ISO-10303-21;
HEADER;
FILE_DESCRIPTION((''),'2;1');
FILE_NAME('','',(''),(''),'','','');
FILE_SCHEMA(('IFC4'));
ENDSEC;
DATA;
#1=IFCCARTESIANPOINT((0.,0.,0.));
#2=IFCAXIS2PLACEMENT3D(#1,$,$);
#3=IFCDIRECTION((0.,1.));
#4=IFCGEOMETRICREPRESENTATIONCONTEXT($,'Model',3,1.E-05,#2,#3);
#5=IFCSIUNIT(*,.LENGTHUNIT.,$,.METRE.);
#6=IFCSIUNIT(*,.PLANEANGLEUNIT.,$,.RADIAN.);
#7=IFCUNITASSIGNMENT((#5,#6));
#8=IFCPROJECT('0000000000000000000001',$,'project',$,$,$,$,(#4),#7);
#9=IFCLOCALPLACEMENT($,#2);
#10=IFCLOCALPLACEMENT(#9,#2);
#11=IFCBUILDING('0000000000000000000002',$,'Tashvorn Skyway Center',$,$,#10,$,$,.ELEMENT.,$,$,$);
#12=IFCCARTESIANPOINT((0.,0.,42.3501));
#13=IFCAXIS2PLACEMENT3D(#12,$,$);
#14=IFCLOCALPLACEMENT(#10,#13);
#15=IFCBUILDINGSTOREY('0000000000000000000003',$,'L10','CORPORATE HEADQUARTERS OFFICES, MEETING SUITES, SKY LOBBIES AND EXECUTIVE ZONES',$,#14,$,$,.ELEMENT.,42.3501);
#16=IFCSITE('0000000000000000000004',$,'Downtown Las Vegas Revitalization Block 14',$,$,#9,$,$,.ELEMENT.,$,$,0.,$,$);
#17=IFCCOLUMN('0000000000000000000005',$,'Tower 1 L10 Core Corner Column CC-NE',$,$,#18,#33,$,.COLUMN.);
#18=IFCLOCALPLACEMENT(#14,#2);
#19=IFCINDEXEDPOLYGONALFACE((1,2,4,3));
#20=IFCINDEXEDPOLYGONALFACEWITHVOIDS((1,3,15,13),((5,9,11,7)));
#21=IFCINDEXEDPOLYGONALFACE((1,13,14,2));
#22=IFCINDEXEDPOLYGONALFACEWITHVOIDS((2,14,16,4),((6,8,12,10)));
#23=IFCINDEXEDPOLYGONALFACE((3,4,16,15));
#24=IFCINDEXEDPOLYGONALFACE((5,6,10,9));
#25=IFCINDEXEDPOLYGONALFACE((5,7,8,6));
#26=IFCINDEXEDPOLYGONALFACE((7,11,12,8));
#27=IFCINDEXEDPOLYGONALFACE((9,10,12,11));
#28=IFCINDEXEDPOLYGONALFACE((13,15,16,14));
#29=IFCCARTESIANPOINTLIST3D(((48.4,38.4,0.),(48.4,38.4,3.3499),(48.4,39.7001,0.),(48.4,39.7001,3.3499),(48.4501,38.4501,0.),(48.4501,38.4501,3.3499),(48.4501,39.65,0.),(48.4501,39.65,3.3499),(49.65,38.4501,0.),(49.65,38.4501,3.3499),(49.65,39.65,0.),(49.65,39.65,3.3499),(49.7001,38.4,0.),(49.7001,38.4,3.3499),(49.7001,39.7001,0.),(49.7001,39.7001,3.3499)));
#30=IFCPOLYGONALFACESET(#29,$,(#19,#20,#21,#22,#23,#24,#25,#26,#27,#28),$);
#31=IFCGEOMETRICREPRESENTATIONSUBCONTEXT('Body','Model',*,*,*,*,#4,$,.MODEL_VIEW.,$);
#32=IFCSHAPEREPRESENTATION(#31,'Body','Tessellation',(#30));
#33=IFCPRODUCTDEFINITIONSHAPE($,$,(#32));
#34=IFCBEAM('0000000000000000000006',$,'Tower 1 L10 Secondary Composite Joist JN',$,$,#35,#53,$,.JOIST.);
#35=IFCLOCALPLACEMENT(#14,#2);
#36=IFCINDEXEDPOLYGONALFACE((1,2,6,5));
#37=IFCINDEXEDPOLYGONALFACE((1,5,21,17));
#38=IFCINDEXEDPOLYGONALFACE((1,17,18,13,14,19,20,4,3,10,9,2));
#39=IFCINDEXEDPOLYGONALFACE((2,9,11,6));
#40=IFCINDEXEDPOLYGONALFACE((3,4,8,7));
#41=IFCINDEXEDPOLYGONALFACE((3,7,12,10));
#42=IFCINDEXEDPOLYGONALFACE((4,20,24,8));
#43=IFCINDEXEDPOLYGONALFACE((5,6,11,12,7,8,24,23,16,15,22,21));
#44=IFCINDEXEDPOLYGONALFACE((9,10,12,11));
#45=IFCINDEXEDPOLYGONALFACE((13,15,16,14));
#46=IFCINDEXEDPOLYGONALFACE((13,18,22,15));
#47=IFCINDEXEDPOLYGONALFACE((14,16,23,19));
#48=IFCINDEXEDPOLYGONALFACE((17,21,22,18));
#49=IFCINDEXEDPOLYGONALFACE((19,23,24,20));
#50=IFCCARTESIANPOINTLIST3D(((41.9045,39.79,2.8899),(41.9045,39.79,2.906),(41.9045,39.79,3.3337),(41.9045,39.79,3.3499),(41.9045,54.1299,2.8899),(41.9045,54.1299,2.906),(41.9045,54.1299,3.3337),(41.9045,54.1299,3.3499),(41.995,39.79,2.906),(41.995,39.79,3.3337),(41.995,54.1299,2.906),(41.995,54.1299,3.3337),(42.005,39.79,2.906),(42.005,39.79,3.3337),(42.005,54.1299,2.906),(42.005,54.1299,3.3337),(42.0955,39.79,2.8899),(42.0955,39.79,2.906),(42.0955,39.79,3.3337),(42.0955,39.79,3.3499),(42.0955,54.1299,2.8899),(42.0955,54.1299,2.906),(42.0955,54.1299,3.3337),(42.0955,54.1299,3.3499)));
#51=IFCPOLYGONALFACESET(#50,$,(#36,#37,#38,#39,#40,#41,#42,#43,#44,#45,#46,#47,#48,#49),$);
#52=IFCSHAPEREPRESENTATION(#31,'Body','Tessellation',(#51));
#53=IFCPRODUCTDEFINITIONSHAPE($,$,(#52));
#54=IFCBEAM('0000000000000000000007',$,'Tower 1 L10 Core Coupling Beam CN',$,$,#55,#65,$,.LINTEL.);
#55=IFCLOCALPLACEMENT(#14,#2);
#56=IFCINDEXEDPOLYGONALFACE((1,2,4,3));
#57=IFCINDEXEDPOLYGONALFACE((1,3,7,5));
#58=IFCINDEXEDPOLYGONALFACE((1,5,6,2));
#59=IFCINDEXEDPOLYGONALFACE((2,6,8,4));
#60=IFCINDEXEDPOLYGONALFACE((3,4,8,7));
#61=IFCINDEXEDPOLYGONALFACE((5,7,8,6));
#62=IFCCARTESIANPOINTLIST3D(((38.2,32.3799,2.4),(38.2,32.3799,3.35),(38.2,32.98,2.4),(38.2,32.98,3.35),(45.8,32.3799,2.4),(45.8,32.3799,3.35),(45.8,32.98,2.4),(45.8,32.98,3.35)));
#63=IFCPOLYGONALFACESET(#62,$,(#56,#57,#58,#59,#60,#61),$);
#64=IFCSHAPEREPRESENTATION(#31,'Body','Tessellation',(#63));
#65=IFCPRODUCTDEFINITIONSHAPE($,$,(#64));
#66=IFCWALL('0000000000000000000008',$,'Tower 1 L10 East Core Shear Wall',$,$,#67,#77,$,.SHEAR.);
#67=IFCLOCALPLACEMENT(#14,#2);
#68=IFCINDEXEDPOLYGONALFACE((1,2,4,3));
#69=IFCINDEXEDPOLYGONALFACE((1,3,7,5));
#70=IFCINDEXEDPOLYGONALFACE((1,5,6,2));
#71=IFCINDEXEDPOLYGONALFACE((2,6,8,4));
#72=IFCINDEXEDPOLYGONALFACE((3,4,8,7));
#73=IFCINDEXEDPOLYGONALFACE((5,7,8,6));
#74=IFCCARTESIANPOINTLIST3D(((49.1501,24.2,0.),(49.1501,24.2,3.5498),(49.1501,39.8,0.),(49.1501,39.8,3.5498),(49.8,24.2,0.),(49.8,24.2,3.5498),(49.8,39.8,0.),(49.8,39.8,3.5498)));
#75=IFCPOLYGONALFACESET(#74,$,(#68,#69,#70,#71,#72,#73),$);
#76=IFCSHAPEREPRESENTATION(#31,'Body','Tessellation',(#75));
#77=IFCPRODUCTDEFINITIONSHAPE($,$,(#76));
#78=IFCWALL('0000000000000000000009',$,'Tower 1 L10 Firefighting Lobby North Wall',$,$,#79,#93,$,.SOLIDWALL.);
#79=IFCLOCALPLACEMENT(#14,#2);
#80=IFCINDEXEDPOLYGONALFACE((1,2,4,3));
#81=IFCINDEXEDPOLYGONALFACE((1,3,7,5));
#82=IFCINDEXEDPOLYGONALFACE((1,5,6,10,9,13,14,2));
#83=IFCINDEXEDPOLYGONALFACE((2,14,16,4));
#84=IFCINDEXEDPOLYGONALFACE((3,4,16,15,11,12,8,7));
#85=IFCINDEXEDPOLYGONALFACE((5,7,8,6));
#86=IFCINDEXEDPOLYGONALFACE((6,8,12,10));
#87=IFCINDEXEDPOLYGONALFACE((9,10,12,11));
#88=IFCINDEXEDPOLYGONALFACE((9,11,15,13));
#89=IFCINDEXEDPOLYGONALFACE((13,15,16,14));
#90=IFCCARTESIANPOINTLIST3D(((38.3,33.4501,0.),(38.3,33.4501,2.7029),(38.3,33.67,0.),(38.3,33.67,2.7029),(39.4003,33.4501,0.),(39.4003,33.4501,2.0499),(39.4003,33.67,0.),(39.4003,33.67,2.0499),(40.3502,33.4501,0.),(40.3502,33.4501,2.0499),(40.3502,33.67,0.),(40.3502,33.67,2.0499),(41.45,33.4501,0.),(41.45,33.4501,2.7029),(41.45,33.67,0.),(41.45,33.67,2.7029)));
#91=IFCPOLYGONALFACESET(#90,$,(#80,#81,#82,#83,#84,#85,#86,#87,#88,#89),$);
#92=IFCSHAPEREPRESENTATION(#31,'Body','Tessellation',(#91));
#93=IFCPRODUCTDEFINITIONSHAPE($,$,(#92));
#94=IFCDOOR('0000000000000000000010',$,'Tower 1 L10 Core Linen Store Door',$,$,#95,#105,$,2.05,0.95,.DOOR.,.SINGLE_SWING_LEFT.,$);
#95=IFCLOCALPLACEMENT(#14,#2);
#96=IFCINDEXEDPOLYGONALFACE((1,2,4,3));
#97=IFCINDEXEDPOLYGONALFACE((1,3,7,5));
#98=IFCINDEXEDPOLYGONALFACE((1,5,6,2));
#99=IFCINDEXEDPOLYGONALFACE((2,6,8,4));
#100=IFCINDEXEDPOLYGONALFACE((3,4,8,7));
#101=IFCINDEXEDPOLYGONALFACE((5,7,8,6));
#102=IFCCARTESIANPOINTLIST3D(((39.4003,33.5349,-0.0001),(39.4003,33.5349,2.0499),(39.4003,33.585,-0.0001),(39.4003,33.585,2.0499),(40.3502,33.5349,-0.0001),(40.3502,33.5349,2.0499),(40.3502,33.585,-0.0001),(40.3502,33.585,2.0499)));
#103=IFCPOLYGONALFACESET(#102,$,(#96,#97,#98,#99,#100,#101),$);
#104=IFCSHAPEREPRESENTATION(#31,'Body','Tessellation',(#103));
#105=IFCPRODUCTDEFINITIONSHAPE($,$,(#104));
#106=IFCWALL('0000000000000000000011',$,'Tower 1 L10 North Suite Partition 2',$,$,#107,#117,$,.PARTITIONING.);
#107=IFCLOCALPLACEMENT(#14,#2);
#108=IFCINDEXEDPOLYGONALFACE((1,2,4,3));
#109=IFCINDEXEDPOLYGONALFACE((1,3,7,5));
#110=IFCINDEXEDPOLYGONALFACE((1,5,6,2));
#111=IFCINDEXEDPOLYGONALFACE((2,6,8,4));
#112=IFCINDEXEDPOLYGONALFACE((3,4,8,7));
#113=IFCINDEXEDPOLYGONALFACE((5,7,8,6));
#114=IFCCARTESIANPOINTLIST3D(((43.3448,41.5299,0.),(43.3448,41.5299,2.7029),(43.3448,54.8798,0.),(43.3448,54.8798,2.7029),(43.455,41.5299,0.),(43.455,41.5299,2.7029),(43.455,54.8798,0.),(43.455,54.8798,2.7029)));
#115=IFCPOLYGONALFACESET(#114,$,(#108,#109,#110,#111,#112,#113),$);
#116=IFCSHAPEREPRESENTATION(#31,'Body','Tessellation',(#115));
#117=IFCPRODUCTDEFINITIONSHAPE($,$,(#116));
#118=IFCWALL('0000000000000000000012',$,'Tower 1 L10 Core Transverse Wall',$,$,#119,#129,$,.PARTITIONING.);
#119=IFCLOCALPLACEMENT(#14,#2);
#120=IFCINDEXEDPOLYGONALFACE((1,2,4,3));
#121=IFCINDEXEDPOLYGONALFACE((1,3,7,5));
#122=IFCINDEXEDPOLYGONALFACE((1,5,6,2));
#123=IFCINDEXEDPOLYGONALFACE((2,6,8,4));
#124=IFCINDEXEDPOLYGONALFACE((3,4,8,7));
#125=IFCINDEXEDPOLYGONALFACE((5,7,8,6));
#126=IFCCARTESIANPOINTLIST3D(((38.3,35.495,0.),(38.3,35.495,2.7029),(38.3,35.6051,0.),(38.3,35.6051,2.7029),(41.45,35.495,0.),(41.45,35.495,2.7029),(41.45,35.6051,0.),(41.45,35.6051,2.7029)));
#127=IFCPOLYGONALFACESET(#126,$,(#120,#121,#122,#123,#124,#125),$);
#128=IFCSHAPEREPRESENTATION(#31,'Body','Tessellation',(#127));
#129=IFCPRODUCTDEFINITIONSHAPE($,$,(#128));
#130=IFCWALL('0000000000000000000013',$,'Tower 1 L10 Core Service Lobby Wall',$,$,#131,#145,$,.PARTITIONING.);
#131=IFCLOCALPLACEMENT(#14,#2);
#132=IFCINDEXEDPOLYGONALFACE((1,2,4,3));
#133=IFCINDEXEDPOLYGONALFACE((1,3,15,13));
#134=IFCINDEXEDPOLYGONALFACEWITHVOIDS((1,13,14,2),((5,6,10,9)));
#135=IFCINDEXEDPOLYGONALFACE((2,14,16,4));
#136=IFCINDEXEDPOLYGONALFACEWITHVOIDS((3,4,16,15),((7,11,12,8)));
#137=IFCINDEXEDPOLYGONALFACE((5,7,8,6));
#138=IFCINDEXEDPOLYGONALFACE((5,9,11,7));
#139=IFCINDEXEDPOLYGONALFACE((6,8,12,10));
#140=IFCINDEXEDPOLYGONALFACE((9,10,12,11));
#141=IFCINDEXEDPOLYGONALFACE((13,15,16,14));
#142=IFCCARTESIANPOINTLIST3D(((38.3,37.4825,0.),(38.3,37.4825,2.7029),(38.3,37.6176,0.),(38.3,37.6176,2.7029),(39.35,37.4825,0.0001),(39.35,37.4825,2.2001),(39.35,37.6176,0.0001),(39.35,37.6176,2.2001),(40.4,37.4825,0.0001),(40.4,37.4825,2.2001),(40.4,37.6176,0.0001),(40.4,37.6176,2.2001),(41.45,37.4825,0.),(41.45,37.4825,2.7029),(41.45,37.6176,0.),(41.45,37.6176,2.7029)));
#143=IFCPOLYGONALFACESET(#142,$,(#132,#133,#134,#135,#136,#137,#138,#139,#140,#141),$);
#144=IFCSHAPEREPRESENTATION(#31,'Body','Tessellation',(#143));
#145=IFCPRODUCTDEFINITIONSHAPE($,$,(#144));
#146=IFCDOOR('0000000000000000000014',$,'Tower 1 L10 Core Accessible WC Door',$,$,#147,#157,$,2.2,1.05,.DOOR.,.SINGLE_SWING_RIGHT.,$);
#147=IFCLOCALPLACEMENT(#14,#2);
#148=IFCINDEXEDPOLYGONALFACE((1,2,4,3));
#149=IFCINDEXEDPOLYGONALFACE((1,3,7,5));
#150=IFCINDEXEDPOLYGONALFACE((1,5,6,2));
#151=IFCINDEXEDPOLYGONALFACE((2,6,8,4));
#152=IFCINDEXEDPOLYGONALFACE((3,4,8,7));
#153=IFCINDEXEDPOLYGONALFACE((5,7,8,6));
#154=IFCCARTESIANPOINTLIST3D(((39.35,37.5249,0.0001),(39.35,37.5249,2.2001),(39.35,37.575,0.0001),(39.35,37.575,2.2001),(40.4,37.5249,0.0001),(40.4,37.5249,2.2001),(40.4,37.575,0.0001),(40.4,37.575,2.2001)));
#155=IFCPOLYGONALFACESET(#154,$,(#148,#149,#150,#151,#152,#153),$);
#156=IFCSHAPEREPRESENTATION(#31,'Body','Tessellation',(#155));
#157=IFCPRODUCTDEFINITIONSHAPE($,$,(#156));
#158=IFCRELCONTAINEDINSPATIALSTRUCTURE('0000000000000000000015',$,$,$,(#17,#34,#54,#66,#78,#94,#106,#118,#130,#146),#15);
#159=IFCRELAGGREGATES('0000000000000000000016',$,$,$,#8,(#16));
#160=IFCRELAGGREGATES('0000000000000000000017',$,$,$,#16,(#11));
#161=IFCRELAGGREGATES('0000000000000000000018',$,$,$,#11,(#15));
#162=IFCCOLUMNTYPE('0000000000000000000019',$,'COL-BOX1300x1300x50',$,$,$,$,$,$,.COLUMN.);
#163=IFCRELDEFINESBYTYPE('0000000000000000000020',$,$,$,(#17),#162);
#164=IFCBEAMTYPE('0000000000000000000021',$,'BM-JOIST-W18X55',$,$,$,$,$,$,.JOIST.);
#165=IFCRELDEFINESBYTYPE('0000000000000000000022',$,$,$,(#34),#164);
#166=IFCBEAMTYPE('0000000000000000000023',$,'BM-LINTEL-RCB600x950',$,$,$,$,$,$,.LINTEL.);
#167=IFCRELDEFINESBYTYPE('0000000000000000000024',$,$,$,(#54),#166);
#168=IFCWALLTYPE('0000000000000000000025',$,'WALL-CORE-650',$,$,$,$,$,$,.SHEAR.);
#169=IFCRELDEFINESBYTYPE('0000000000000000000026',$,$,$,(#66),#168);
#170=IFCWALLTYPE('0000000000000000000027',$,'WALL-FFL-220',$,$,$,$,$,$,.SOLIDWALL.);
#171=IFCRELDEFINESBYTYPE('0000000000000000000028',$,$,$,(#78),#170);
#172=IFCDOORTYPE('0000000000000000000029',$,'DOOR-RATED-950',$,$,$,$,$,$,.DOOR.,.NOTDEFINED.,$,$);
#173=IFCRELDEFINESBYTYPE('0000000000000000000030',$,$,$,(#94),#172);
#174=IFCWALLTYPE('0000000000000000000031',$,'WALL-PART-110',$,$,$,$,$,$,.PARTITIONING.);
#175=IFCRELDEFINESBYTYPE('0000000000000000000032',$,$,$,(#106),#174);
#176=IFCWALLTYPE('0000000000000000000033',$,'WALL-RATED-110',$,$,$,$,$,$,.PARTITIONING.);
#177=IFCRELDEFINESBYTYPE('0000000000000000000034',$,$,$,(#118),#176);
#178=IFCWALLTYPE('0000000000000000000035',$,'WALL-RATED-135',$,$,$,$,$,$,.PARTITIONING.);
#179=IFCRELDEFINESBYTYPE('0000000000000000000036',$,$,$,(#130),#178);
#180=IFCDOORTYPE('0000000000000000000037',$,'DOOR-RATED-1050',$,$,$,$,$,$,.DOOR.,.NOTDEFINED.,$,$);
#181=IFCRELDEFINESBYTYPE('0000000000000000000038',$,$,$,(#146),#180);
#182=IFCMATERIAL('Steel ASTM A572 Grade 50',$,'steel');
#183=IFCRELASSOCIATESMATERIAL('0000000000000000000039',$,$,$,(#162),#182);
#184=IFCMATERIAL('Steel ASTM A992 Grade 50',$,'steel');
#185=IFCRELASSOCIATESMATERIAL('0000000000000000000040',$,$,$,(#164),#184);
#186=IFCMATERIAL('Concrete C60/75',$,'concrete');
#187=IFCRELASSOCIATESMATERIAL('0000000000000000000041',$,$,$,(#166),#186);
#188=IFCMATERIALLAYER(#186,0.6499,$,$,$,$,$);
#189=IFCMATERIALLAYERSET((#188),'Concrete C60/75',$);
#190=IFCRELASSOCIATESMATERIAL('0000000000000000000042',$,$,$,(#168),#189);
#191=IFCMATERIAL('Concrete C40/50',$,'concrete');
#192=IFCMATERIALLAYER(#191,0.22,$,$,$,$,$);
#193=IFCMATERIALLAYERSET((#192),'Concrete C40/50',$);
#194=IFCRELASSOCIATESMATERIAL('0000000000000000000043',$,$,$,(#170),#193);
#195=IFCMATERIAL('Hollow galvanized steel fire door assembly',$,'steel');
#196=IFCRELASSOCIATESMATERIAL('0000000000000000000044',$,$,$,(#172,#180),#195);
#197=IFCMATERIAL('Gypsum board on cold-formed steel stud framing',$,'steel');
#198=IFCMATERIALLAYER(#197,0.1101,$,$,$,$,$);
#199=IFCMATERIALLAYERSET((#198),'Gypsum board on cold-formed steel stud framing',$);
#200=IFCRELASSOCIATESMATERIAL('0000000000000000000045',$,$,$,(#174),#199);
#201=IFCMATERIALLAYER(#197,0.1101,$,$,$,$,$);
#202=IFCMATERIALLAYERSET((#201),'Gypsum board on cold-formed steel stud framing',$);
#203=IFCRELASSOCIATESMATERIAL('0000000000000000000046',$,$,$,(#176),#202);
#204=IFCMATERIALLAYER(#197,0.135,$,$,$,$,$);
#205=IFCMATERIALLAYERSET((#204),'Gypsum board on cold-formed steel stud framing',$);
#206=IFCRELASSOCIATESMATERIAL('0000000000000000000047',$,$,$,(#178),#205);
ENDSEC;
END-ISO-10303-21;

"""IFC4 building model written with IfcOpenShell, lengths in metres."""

from ifc_helpers import new_model, si_unit, direction, frame, frame_2d, origin, origin_2d, place, context, subcontext, project, spatial, rectangle, hollow_rectangle, i_section, extrude, material, layer, layer_set, material_profile, profile_set, type_object, element, fill, save


model = new_model("IFC4")

# Units and contexts
model_context = context("Model", 3, precision=1e-05, world=origin(), true_north=direction((0.0, 1.0)))
body_context = subcontext(model_context, "Body", "Model", "MODEL_VIEW")
ifc_project = project(units=[si_unit("LENGTHUNIT", "METRE"), si_unit("PLANEANGLEUNIT", "RADIAN")], contexts=[model_context])

# Site, building, storey
site_placement = place(None, origin())
site = spatial("IfcSite", under=ifc_project, at=site_placement, Name="Downtown Las Vegas Revitalization Block 14", CompositionType="ELEMENT", RefElevation=0.0)
building_placement = place(site_placement, origin())
building = spatial("IfcBuilding", under=site, at=building_placement, Name="Tashvorn Skyway Center", CompositionType="ELEMENT")
storey_placement = place(building_placement, frame((0.0, 0.0, 42.3501)))
storey = spatial("IfcBuildingStorey", under=building, at=storey_placement, Name="L10", Description="CORPORATE HEADQUARTERS OFFICES, MEETING SUITES, SKY LOBBIES AND EXECUTIVE ZONES", CompositionType="ELEMENT", Elevation=42.3501)

# Column
ifc_material_1 = material(Name="Steel ASTM A572 Grade 50", Category="steel")
ifc_material_profile_1 = material_profile(ifc_material_1, hollow_rectangle(XDim=1.3, YDim=1.3, WallThickness=0.05, at=origin_2d()), Name="BOX1300x1300x50")
ifc_profile_set_1 = profile_set([ifc_material_profile_1], Name="Steel ASTM A572 Grade 50")
column_type = type_object("IfcColumnType", Name="COL-BOX1300x1300x50", PredefinedType="COLUMN", material=ifc_profile_set_1)
column_placement = place(storey_placement, frame((49.05, 39.05, 0.0), z_axis=(0.0, 0.0, 1.0), x_axis=(1.0, 0.0, 0.0)))
element("IfcColumn", 1, at=column_placement, inside=storey, type_object=column_type, Name="Tower 1 L10 Core Corner Column CC-NE", PredefinedType="COLUMN", context=body_context, shape_type="SweptSolid", body=[
    extrude(hollow_rectangle(XDim=1.3, YDim=1.3, WallThickness=0.05, at=origin_2d()), origin(), (0.0, 0.0, 1.0), 3.3499),
])

# Beams
ifc_material_2 = material(Name="Steel ASTM A992 Grade 50", Category="steel")
ifc_material_profile_2 = material_profile(ifc_material_2, i_section(OverallWidth=0.1909, OverallDepth=0.46, WebThickness=0.01, FlangeThickness=0.0161, at=origin_2d()), Name="W18X55")
ifc_profile_set_2 = profile_set([ifc_material_profile_2], Name="Steel ASTM A992 Grade 50")
beam_type_1 = type_object("IfcBeamType", Name="BM-JOIST-W18X55", PredefinedType="JOIST", material=ifc_profile_set_2)
beam_1_placement = place(storey_placement, frame((42.0, 39.79, 3.1199), z_axis=(0.0, 1.0, 0.0), x_axis=(-1.0, 0.0, 0.0)))
element("IfcBeam", 2, at=beam_1_placement, inside=storey, type_object=beam_type_1, Name="Tower 1 L10 Secondary Composite Joist JN", PredefinedType="JOIST", context=body_context, shape_type="SweptSolid", body=[
    extrude(i_section(OverallWidth=0.1909, OverallDepth=0.46, WebThickness=0.01, FlangeThickness=0.0161, at=origin_2d()), origin(), (0.0, 0.0, 1.0), 14.3398),
])
ifc_material_3 = material(Name="Concrete C60/75", Category="concrete")
ifc_material_profile_3 = material_profile(ifc_material_3, rectangle(XDim=0.6001, YDim=0.95, at=origin_2d()), Name="RCB600x950")
ifc_profile_set_3 = profile_set([ifc_material_profile_3], Name="Concrete C60/75")
beam_type_2 = type_object("IfcBeamType", Name="BM-LINTEL-RCB600x950", PredefinedType="LINTEL", material=ifc_profile_set_3)
beam_2_placement = place(storey_placement, frame((38.2, 32.6799, 2.875), z_axis=(1.0, 0.0, 0.0), x_axis=(0.0, 1.0, 0.0)))
element("IfcBeam", 3, at=beam_2_placement, inside=storey, type_object=beam_type_2, Name="Tower 1 L10 Core Coupling Beam CN", PredefinedType="LINTEL", context=body_context, shape_type="SweptSolid", body=[
    extrude(rectangle(XDim=0.6001, YDim=0.95, at=origin_2d()), origin(), (0.0, 0.0, 1.0), 7.6001),
])

# Wall
ifc_layer_1 = layer(ifc_material_3, 0.6499)
ifc_layer_set_1 = layer_set([ifc_layer_1], Name="Concrete C60/75")
wall_type_1 = type_object("IfcWallType", Name="WALL-CORE-650", PredefinedType="SHEAR", material=ifc_layer_set_1)
wall_1_placement = place(storey_placement, frame((49.4751, 39.8, 0.0), z_axis=(0.0, 0.0, 1.0), x_axis=(0.0, -1.0, 0.0)))
element("IfcWall", 4, at=wall_1_placement, inside=storey, type_object=wall_type_1, Name="Tower 1 L10 East Core Shear Wall", PredefinedType="SHEAR", context=body_context, shape_type="SweptSolid", body=[
    extrude(rectangle(XDim=15.6001, YDim=0.6499, at=frame_2d((7.8, 0.0))), origin(), (0.0, 0.0, 1.0), 3.5498),
])

# Wall, opening, door
ifc_material_4 = material(Name="Concrete C40/50", Category="concrete")
ifc_layer_2 = layer(ifc_material_4, 0.22)
ifc_layer_set_2 = layer_set([ifc_layer_2], Name="Concrete C40/50")
wall_type_2 = type_object("IfcWallType", Name="WALL-FFL-220", PredefinedType="SOLIDWALL", material=ifc_layer_set_2)
wall_2_placement = place(storey_placement, frame((38.3, 33.5601, 0.0), z_axis=(0.0, 0.0, 1.0), x_axis=(1.0, 0.0, 0.0)))
wall_2 = element("IfcWall", 5, at=wall_2_placement, inside=storey, type_object=wall_type_2, Name="Tower 1 L10 Firefighting Lobby North Wall", PredefinedType="SOLIDWALL", context=body_context, shape_type="SweptSolid", body=[
    extrude(rectangle(XDim=3.1499, YDim=0.22, at=frame_2d((1.575, 0.0))), origin(), (0.0, 0.0, 1.0), 2.7029),
])
opening_1_placement = place(wall_2_placement, frame((1.1001, 0.0, 0.0)))
opening_1 = element("IfcOpeningElement", 6, at=opening_1_placement, cuts=wall_2, PredefinedType="OPENING", context=body_context, shape_type="SweptSolid", body=[
    extrude(rectangle(XDim=0.95, YDim=2.05, at=frame_2d((0.4751, 1.0249))), frame((0.0, 0.1199, 0.0), z_axis=(0.0, -1.0, 0.0), x_axis=(1.0, 0.0, 0.0)), (0.0, 0.0, 1.0), 0.24),
])
ifc_material_5 = material(Name="Hollow galvanized steel fire door assembly", Category="steel")
door_type_1 = type_object("IfcDoorType", Name="DOOR-RATED-950", OperationType="NOTDEFINED", PredefinedType="DOOR", material=ifc_material_5)
door_1_placement = place(opening_1_placement, origin())
door_1 = element("IfcDoor", 7, at=door_1_placement, inside=storey, type_object=door_type_1, Name="Tower 1 L10 Core Linen Store Door", OperationType="SINGLE_SWING_LEFT", OverallHeight=2.05, OverallWidth=0.95, PredefinedType="DOOR", context=body_context, shape_type="SweptSolid", body=[
    extrude(rectangle(XDim=0.95, YDim=2.05, at=frame_2d((0.4751, 1.0249))), frame((0.0, 0.0249, 0.0), z_axis=(0.0, -1.0, 0.0), x_axis=(1.0, 0.0, 0.0)), (0.0, 0.0, 1.0), 0.05),
])
fill(opening_1, door_1)

# Walls
ifc_material_6 = material(Name="Gypsum board on cold-formed steel stud framing", Category="steel")
ifc_layer_3 = layer(ifc_material_6, 0.1101)
ifc_layer_set_3 = layer_set([ifc_layer_3], Name="Gypsum board on cold-formed steel stud framing")
wall_type_3 = type_object("IfcWallType", Name="WALL-PART-110", PredefinedType="PARTITIONING", material=ifc_layer_set_3)
wall_3_placement = place(storey_placement, frame((43.3999, 41.53, 0.0), z_axis=(0.0, 0.0, 1.0), x_axis=(0.0, 1.0, 0.0)))
element("IfcWall", 8, at=wall_3_placement, inside=storey, type_object=wall_type_3, Name="Tower 1 L10 North Suite Partition 2", PredefinedType="PARTITIONING", context=body_context, shape_type="SweptSolid", body=[
    extrude(rectangle(XDim=13.3499, YDim=0.1101, at=frame_2d((6.6748, 0.0))), origin(), (0.0, 0.0, 1.0), 2.7029),
])
ifc_layer_4 = layer(ifc_material_6, 0.1101)
ifc_layer_set_4 = layer_set([ifc_layer_4], Name="Gypsum board on cold-formed steel stud framing")
wall_type_4 = type_object("IfcWallType", Name="WALL-RATED-110", PredefinedType="PARTITIONING", material=ifc_layer_set_4)
wall_4_placement = place(storey_placement, frame((38.3, 35.55, 0.0), z_axis=(0.0, 0.0, 1.0), x_axis=(1.0, 0.0, 0.0)))
element("IfcWall", 9, at=wall_4_placement, inside=storey, type_object=wall_type_4, Name="Tower 1 L10 Core Transverse Wall", PredefinedType="PARTITIONING", context=body_context, shape_type="SweptSolid", body=[
    extrude(rectangle(XDim=3.1499, YDim=0.1101, at=frame_2d((1.575, 0.0))), origin(), (0.0, 0.0, 1.0), 2.7029),
])

# Wall, opening, door
ifc_layer_5 = layer(ifc_material_6, 0.135)
ifc_layer_set_5 = layer_set([ifc_layer_5], Name="Gypsum board on cold-formed steel stud framing")
wall_type_5 = type_object("IfcWallType", Name="WALL-RATED-135", PredefinedType="PARTITIONING", material=ifc_layer_set_5)
wall_5_placement = place(storey_placement, frame((38.3, 37.55, 0.0), z_axis=(0.0, 0.0, 1.0), x_axis=(1.0, 0.0, 0.0)))
wall_5 = element("IfcWall", 10, at=wall_5_placement, inside=storey, type_object=wall_type_5, Name="Tower 1 L10 Core Service Lobby Wall", PredefinedType="PARTITIONING", context=body_context, shape_type="SweptSolid", body=[
    extrude(rectangle(XDim=3.1499, YDim=0.135, at=frame_2d((1.575, 0.0))), origin(), (0.0, 0.0, 1.0), 2.7029),
])
opening_2_placement = place(wall_5_placement, frame((1.05, 0.0, 0.0)))
opening_2 = element("IfcOpeningElement", 11, at=opening_2_placement, cuts=wall_5, PredefinedType="OPENING", context=body_context, shape_type="SweptSolid", body=[
    extrude(rectangle(XDim=1.05, YDim=2.2, at=frame_2d((0.5249, 1.1001))), frame((0.0, 0.0774, 0.0), z_axis=(0.0, -1.0, 0.0), x_axis=(1.0, 0.0, 0.0)), (0.0, 0.0, 1.0), 0.155),
])
door_type_2 = type_object("IfcDoorType", Name="DOOR-RATED-1050", OperationType="NOTDEFINED", PredefinedType="DOOR", material=ifc_material_5)
door_2_placement = place(opening_2_placement, origin())
door_2 = element("IfcDoor", 12, at=door_2_placement, inside=storey, type_object=door_type_2, Name="Tower 1 L10 Core Accessible WC Door", OperationType="SINGLE_SWING_RIGHT", OverallHeight=2.2, OverallWidth=1.05, PredefinedType="DOOR", context=body_context, shape_type="SweptSolid", body=[
    extrude(rectangle(XDim=1.05, YDim=2.2, at=frame_2d((0.5249, 1.1001))), frame((0.0, 0.0249, 0.0), z_axis=(0.0, -1.0, 0.0), x_axis=(1.0, 0.0, 0.0)), (0.0, 0.0, 1.0), 0.05),
])
fill(opening_2, door_2)

save(model, "model.ifc")
